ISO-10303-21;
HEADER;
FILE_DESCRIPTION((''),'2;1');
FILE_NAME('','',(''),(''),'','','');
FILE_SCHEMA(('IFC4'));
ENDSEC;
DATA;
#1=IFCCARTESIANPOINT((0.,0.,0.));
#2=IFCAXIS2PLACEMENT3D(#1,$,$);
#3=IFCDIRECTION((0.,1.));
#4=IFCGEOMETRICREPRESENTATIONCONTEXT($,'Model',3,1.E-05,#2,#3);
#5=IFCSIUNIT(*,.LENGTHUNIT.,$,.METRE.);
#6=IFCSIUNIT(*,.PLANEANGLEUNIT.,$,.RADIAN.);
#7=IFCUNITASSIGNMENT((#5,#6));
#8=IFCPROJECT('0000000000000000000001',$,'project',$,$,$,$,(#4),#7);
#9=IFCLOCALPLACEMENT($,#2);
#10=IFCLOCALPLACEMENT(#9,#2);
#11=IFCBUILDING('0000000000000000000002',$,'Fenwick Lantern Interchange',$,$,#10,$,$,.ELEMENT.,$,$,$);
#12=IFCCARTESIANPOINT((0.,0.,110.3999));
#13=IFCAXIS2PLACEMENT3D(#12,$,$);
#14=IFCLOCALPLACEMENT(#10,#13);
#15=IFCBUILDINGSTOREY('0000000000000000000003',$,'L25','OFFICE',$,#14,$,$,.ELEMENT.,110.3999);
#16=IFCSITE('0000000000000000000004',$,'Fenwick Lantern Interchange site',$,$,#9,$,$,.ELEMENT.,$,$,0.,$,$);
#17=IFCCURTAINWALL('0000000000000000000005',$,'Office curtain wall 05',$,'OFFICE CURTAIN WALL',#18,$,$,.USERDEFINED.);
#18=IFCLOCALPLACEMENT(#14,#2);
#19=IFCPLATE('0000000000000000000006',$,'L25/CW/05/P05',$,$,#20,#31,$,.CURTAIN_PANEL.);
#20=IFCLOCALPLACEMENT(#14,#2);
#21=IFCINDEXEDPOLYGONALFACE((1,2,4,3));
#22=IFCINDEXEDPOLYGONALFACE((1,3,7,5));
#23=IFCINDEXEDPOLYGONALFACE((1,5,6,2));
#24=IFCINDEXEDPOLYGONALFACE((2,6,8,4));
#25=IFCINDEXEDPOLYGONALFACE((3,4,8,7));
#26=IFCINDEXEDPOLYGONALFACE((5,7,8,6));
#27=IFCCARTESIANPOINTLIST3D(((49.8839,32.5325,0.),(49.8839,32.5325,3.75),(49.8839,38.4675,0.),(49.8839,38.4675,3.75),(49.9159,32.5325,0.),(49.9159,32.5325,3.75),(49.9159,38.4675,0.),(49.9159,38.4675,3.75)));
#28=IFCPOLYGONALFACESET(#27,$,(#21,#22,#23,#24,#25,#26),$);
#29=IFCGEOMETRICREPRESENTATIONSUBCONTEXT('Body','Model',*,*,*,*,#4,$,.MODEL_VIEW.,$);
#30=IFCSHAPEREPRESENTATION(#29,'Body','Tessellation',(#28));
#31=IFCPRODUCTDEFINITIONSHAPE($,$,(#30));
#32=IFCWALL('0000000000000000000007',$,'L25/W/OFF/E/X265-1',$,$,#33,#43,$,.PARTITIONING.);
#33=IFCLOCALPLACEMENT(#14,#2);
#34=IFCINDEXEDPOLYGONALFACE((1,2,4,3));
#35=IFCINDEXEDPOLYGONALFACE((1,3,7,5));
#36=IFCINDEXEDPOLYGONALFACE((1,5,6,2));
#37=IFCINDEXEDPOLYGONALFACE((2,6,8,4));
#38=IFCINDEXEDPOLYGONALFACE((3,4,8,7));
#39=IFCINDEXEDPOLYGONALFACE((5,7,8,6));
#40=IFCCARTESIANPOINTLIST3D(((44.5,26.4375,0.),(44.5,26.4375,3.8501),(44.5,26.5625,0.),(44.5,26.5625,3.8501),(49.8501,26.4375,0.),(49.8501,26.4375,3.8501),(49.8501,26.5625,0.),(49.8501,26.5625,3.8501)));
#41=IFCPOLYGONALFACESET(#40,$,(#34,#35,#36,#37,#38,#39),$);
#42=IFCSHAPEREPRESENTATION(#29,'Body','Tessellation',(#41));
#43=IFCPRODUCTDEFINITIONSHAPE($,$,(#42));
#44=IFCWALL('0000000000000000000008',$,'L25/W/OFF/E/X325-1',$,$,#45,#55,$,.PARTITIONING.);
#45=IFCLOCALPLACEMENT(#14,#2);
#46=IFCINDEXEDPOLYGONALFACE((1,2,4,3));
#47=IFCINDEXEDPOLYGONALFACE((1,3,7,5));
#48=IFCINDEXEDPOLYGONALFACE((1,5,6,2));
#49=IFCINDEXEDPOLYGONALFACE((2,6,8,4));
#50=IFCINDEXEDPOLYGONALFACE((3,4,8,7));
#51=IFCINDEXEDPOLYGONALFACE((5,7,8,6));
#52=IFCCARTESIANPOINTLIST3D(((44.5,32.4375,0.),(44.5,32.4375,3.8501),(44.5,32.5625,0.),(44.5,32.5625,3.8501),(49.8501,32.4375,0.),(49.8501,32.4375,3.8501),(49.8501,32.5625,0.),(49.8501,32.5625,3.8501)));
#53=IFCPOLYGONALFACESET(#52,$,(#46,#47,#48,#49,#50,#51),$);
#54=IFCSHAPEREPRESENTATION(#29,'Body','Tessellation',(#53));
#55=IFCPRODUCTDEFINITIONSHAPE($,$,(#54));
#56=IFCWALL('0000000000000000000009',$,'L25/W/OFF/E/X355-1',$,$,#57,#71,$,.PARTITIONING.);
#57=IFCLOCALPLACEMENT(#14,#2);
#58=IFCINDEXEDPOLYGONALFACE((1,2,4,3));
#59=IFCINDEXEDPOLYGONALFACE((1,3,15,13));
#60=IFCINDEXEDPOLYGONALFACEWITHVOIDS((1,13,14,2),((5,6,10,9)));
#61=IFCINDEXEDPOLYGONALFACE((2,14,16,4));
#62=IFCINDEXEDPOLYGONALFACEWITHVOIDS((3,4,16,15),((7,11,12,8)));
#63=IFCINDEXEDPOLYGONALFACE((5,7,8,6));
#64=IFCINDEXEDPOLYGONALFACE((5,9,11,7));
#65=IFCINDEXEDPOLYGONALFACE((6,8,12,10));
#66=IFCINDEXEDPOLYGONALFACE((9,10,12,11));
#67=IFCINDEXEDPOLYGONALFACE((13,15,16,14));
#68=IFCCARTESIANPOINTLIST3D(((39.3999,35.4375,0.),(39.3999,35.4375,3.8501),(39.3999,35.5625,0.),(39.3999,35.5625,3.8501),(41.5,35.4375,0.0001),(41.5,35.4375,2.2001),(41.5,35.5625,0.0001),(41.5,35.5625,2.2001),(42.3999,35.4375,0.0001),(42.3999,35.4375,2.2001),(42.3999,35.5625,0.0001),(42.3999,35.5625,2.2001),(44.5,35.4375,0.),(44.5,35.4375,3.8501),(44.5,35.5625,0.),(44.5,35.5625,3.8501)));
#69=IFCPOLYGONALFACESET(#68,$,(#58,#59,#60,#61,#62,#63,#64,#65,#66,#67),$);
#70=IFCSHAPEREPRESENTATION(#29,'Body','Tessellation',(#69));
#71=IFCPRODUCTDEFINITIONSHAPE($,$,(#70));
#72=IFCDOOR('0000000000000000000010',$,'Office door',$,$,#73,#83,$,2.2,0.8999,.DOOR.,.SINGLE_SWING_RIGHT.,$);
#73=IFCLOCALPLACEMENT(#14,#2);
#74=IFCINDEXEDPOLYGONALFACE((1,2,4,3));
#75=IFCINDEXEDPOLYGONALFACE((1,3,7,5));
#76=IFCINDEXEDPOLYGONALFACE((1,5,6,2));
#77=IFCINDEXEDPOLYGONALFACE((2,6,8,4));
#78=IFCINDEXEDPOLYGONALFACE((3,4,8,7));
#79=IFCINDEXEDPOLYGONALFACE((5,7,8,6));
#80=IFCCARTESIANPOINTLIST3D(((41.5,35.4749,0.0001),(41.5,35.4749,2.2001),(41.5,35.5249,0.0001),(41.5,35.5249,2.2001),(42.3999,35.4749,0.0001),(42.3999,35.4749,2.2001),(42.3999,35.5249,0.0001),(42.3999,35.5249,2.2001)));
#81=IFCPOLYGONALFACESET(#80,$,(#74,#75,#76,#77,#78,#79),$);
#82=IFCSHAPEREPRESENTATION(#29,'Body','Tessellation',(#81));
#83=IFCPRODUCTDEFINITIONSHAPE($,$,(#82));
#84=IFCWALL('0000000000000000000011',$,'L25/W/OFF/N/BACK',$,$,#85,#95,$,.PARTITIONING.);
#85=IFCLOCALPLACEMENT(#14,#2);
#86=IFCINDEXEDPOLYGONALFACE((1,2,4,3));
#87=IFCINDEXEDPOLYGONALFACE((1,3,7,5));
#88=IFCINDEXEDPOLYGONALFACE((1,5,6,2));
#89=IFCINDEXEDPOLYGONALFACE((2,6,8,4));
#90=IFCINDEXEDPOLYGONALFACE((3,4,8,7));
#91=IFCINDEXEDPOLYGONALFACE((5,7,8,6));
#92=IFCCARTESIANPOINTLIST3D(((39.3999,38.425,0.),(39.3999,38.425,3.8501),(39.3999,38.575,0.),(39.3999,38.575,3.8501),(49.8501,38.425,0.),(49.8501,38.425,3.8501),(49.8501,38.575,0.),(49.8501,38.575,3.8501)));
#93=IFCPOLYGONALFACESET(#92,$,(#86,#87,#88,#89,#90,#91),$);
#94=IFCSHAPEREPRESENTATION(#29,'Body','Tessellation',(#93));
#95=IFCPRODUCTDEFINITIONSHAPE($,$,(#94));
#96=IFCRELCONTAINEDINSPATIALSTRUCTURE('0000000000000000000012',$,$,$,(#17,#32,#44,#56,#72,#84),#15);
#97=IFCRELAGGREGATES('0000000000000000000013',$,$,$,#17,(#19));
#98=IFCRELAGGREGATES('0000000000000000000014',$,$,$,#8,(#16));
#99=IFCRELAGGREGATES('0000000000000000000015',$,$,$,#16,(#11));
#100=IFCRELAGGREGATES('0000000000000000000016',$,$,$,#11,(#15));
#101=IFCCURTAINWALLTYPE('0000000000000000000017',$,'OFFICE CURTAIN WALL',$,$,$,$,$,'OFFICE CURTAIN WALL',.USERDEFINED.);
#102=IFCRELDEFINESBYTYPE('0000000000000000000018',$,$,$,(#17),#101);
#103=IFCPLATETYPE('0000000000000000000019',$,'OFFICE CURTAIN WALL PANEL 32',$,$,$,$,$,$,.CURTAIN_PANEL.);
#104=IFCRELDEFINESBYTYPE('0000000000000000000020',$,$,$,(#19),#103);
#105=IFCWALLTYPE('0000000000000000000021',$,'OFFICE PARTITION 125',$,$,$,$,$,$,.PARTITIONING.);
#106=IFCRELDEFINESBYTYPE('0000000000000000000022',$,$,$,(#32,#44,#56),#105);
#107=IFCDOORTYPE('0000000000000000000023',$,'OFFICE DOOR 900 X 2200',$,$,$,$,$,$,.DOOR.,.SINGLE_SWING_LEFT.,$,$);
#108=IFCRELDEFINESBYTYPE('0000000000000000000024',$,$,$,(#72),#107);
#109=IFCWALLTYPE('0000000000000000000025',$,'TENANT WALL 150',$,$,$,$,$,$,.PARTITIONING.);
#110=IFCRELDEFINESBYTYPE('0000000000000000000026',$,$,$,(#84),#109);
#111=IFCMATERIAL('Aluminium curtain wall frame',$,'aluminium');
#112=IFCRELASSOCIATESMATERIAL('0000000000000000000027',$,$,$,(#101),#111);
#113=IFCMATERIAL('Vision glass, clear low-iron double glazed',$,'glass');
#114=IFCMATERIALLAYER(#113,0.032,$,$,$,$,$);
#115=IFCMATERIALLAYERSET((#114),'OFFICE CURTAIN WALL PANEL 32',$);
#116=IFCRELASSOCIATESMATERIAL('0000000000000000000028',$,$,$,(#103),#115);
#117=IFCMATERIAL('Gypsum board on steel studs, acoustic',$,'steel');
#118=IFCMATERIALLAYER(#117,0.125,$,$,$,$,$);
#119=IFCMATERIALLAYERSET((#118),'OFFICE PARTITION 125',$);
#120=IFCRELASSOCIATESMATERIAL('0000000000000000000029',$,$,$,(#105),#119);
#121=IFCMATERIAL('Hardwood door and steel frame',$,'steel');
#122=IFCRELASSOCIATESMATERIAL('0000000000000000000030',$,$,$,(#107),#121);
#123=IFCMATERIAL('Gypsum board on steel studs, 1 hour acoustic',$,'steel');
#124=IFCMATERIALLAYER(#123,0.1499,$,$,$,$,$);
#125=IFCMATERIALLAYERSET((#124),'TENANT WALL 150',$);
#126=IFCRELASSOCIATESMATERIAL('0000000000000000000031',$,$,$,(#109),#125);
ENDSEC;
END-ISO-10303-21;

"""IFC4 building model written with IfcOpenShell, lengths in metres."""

from ifc_helpers import new_model, si_unit, direction, frame, frame_2d, origin, origin_2d, place, context, subcontext, project, spatial, rectangle, extrude, material, layer, layer_set, type_object, element, fill, aggregate, save


model = new_model("IFC4")

# Units and contexts
model_context = context("Model", 3, precision=1e-05, world=origin(), true_north=direction((0.0, 1.0)))
body_context = subcontext(model_context, "Body", "Model", "MODEL_VIEW")
ifc_project = project(units=[si_unit("LENGTHUNIT", "METRE"), si_unit("PLANEANGLEUNIT", "RADIAN")], contexts=[model_context])

# Site, building, storey
site_placement = place(None, origin())
site = spatial("IfcSite", under=ifc_project, at=site_placement, Name="Fenwick Lantern Interchange site", CompositionType="ELEMENT", RefElevation=0.0)
building_placement = place(site_placement, origin())
building = spatial("IfcBuilding", under=site, at=building_placement, Name="Fenwick Lantern Interchange", CompositionType="ELEMENT")
storey_placement = place(building_placement, frame((0.0, 0.0, 110.3999)))
storey = spatial("IfcBuildingStorey", under=building, at=storey_placement, Name="L25", Description="OFFICE", CompositionType="ELEMENT", Elevation=110.3999)

# Curtain wall
ifc_material_1 = material(Name="Aluminium curtain wall frame", Category="aluminium")
curtain_wall_type = type_object("IfcCurtainWallType", Name="OFFICE CURTAIN WALL", ElementType="OFFICE CURTAIN WALL", PredefinedType="USERDEFINED", material=ifc_material_1)
curtain_wall_1_placement = place(storey_placement, origin())
curtain_wall_1 = element("IfcCurtainWall", 1, at=curtain_wall_1_placement, inside=storey, type_object=curtain_wall_type, Name="Office curtain wall 05", ObjectType="OFFICE CURTAIN WALL", PredefinedType="USERDEFINED")

# Plate
ifc_material_2 = material(Name="Vision glass, clear low-iron double glazed", Category="glass")
ifc_layer_1 = layer(ifc_material_2, 0.032)
ifc_layer_set_1 = layer_set([ifc_layer_1], Name="OFFICE CURTAIN WALL PANEL 32")
plate_type = type_object("IfcPlateType", Name="OFFICE CURTAIN WALL PANEL 32", PredefinedType="CURTAIN_PANEL", material=ifc_layer_set_1)
plate_placement = place(storey_placement, frame((49.8999, 35.5, 0.0), z_axis=(0.0, 0.0, 1.0), x_axis=(0.0, 1.0, 0.0)))
plate = element("IfcPlate", 2, at=plate_placement, type_object=plate_type, Name="L25/CW/05/P05", PredefinedType="CURTAIN_PANEL", context=body_context, shape_type="SweptSolid", body=[
    extrude(rectangle(XDim=5.9351, YDim=0.032, at=origin_2d()), origin(), (0.0, 0.0, 1.0), 3.75),
])
aggregate(curtain_wall_1, [plate])

# Walls
ifc_material_3 = material(Name="Gypsum board on steel studs, acoustic", Category="steel")
ifc_layer_2 = layer(ifc_material_3, 0.125)
ifc_layer_set_2 = layer_set([ifc_layer_2], Name="OFFICE PARTITION 125")
wall_type_1 = type_object("IfcWallType", Name="OFFICE PARTITION 125", PredefinedType="PARTITIONING", material=ifc_layer_set_2)
for number, where, z_axis, x_axis, name in (
    (3, (49.8501, 26.5, 0.0), (0.0, 0.0, 1.0), (-1.0, 0.0, 0.0), "L25/W/OFF/E/X265-1"),
    (4, (49.8501, 32.5, 0.0), (0.0, 0.0, 1.0), (-1.0, 0.0, 0.0), "L25/W/OFF/E/X325-1"),
):
    element("IfcWall", number, at=place(storey_placement, frame(where, z_axis=z_axis, x_axis=x_axis)), inside=storey, type_object=wall_type_1, Name=name, PredefinedType="PARTITIONING", context=body_context, shape_type="SweptSolid", body=[
        extrude(rectangle(XDim=5.3501, YDim=0.125, at=frame_2d((2.675, 0.0))), origin(), (0.0, 0.0, 1.0), 3.8501),
    ])

# Wall, opening, door
wall_1_placement = place(storey_placement, frame((44.5, 35.5, 0.0), z_axis=(0.0, 0.0, 1.0), x_axis=(-1.0, 0.0, 0.0)))
wall_1 = element("IfcWall", 5, at=wall_1_placement, inside=storey, type_object=wall_type_1, Name="L25/W/OFF/E/X355-1", PredefinedType="PARTITIONING", context=body_context, shape_type="SweptSolid", body=[
    extrude(rectangle(XDim=5.1001, YDim=0.125, at=frame_2d((2.55, 0.0))), origin(), (0.0, 0.0, 1.0), 3.8501),
])
opening_placement = place(wall_1_placement, frame((2.1001, 0.0, 0.0)))
opening = element("IfcOpeningElement", 6, at=opening_placement, cuts=wall_1, PredefinedType="OPENING", context=body_context, shape_type="SweptSolid", body=[
    extrude(rectangle(XDim=0.8999, YDim=2.2, at=frame_2d((0.45, 1.1001))), frame((0.0, 0.0725, 0.0), z_axis=(0.0, -1.0, 0.0), x_axis=(1.0, 0.0, 0.0)), (0.0, 0.0, 1.0), 0.145),
])
ifc_material_4 = material(Name="Hardwood door and steel frame", Category="steel")
door_type = type_object("IfcDoorType", Name="OFFICE DOOR 900 X 2200", OperationType="SINGLE_SWING_LEFT", PredefinedType="DOOR", material=ifc_material_4)
door_placement = place(opening_placement, frame((0.8999, 0.0, 0.0), z_axis=(0.0, 0.0, 1.0), x_axis=(-1.0, 0.0, 0.0)))
door = element("IfcDoor", 7, at=door_placement, inside=storey, type_object=door_type, Name="Office door", OperationType="SINGLE_SWING_RIGHT", OverallHeight=2.2, OverallWidth=0.8999, PredefinedType="DOOR", context=body_context, shape_type="SweptSolid", body=[
    extrude(rectangle(XDim=0.8999, YDim=2.2, at=frame_2d((0.45, 1.1001))), frame((0.0, 0.0249, 0.0), z_axis=(0.0, -1.0, 0.0), x_axis=(1.0, 0.0, 0.0)), (0.0, 0.0, 1.0), 0.05),
])
fill(opening, door)

# Wall
ifc_material_5 = material(Name="Gypsum board on steel studs, 1 hour acoustic", Category="steel")
ifc_layer_3 = layer(ifc_material_5, 0.1499)
ifc_layer_set_3 = layer_set([ifc_layer_3], Name="TENANT WALL 150")
wall_type_2 = type_object("IfcWallType", Name="TENANT WALL 150", PredefinedType="PARTITIONING", material=ifc_layer_set_3)
wall_2_placement = place(storey_placement, frame((49.8501, 38.5, 0.0), z_axis=(0.0, 0.0, 1.0), x_axis=(-1.0, 0.0, 0.0)))
element("IfcWall", 8, at=wall_2_placement, inside=storey, type_object=wall_type_2, Name="L25/W/OFF/N/BACK", PredefinedType="PARTITIONING", context=body_context, shape_type="SweptSolid", body=[
    extrude(rectangle(XDim=10.4502, YDim=0.1499, at=frame_2d((5.2251, 0.0))), origin(), (0.0, 0.0, 1.0), 3.8501),
])

save(model, "model.ifc")
